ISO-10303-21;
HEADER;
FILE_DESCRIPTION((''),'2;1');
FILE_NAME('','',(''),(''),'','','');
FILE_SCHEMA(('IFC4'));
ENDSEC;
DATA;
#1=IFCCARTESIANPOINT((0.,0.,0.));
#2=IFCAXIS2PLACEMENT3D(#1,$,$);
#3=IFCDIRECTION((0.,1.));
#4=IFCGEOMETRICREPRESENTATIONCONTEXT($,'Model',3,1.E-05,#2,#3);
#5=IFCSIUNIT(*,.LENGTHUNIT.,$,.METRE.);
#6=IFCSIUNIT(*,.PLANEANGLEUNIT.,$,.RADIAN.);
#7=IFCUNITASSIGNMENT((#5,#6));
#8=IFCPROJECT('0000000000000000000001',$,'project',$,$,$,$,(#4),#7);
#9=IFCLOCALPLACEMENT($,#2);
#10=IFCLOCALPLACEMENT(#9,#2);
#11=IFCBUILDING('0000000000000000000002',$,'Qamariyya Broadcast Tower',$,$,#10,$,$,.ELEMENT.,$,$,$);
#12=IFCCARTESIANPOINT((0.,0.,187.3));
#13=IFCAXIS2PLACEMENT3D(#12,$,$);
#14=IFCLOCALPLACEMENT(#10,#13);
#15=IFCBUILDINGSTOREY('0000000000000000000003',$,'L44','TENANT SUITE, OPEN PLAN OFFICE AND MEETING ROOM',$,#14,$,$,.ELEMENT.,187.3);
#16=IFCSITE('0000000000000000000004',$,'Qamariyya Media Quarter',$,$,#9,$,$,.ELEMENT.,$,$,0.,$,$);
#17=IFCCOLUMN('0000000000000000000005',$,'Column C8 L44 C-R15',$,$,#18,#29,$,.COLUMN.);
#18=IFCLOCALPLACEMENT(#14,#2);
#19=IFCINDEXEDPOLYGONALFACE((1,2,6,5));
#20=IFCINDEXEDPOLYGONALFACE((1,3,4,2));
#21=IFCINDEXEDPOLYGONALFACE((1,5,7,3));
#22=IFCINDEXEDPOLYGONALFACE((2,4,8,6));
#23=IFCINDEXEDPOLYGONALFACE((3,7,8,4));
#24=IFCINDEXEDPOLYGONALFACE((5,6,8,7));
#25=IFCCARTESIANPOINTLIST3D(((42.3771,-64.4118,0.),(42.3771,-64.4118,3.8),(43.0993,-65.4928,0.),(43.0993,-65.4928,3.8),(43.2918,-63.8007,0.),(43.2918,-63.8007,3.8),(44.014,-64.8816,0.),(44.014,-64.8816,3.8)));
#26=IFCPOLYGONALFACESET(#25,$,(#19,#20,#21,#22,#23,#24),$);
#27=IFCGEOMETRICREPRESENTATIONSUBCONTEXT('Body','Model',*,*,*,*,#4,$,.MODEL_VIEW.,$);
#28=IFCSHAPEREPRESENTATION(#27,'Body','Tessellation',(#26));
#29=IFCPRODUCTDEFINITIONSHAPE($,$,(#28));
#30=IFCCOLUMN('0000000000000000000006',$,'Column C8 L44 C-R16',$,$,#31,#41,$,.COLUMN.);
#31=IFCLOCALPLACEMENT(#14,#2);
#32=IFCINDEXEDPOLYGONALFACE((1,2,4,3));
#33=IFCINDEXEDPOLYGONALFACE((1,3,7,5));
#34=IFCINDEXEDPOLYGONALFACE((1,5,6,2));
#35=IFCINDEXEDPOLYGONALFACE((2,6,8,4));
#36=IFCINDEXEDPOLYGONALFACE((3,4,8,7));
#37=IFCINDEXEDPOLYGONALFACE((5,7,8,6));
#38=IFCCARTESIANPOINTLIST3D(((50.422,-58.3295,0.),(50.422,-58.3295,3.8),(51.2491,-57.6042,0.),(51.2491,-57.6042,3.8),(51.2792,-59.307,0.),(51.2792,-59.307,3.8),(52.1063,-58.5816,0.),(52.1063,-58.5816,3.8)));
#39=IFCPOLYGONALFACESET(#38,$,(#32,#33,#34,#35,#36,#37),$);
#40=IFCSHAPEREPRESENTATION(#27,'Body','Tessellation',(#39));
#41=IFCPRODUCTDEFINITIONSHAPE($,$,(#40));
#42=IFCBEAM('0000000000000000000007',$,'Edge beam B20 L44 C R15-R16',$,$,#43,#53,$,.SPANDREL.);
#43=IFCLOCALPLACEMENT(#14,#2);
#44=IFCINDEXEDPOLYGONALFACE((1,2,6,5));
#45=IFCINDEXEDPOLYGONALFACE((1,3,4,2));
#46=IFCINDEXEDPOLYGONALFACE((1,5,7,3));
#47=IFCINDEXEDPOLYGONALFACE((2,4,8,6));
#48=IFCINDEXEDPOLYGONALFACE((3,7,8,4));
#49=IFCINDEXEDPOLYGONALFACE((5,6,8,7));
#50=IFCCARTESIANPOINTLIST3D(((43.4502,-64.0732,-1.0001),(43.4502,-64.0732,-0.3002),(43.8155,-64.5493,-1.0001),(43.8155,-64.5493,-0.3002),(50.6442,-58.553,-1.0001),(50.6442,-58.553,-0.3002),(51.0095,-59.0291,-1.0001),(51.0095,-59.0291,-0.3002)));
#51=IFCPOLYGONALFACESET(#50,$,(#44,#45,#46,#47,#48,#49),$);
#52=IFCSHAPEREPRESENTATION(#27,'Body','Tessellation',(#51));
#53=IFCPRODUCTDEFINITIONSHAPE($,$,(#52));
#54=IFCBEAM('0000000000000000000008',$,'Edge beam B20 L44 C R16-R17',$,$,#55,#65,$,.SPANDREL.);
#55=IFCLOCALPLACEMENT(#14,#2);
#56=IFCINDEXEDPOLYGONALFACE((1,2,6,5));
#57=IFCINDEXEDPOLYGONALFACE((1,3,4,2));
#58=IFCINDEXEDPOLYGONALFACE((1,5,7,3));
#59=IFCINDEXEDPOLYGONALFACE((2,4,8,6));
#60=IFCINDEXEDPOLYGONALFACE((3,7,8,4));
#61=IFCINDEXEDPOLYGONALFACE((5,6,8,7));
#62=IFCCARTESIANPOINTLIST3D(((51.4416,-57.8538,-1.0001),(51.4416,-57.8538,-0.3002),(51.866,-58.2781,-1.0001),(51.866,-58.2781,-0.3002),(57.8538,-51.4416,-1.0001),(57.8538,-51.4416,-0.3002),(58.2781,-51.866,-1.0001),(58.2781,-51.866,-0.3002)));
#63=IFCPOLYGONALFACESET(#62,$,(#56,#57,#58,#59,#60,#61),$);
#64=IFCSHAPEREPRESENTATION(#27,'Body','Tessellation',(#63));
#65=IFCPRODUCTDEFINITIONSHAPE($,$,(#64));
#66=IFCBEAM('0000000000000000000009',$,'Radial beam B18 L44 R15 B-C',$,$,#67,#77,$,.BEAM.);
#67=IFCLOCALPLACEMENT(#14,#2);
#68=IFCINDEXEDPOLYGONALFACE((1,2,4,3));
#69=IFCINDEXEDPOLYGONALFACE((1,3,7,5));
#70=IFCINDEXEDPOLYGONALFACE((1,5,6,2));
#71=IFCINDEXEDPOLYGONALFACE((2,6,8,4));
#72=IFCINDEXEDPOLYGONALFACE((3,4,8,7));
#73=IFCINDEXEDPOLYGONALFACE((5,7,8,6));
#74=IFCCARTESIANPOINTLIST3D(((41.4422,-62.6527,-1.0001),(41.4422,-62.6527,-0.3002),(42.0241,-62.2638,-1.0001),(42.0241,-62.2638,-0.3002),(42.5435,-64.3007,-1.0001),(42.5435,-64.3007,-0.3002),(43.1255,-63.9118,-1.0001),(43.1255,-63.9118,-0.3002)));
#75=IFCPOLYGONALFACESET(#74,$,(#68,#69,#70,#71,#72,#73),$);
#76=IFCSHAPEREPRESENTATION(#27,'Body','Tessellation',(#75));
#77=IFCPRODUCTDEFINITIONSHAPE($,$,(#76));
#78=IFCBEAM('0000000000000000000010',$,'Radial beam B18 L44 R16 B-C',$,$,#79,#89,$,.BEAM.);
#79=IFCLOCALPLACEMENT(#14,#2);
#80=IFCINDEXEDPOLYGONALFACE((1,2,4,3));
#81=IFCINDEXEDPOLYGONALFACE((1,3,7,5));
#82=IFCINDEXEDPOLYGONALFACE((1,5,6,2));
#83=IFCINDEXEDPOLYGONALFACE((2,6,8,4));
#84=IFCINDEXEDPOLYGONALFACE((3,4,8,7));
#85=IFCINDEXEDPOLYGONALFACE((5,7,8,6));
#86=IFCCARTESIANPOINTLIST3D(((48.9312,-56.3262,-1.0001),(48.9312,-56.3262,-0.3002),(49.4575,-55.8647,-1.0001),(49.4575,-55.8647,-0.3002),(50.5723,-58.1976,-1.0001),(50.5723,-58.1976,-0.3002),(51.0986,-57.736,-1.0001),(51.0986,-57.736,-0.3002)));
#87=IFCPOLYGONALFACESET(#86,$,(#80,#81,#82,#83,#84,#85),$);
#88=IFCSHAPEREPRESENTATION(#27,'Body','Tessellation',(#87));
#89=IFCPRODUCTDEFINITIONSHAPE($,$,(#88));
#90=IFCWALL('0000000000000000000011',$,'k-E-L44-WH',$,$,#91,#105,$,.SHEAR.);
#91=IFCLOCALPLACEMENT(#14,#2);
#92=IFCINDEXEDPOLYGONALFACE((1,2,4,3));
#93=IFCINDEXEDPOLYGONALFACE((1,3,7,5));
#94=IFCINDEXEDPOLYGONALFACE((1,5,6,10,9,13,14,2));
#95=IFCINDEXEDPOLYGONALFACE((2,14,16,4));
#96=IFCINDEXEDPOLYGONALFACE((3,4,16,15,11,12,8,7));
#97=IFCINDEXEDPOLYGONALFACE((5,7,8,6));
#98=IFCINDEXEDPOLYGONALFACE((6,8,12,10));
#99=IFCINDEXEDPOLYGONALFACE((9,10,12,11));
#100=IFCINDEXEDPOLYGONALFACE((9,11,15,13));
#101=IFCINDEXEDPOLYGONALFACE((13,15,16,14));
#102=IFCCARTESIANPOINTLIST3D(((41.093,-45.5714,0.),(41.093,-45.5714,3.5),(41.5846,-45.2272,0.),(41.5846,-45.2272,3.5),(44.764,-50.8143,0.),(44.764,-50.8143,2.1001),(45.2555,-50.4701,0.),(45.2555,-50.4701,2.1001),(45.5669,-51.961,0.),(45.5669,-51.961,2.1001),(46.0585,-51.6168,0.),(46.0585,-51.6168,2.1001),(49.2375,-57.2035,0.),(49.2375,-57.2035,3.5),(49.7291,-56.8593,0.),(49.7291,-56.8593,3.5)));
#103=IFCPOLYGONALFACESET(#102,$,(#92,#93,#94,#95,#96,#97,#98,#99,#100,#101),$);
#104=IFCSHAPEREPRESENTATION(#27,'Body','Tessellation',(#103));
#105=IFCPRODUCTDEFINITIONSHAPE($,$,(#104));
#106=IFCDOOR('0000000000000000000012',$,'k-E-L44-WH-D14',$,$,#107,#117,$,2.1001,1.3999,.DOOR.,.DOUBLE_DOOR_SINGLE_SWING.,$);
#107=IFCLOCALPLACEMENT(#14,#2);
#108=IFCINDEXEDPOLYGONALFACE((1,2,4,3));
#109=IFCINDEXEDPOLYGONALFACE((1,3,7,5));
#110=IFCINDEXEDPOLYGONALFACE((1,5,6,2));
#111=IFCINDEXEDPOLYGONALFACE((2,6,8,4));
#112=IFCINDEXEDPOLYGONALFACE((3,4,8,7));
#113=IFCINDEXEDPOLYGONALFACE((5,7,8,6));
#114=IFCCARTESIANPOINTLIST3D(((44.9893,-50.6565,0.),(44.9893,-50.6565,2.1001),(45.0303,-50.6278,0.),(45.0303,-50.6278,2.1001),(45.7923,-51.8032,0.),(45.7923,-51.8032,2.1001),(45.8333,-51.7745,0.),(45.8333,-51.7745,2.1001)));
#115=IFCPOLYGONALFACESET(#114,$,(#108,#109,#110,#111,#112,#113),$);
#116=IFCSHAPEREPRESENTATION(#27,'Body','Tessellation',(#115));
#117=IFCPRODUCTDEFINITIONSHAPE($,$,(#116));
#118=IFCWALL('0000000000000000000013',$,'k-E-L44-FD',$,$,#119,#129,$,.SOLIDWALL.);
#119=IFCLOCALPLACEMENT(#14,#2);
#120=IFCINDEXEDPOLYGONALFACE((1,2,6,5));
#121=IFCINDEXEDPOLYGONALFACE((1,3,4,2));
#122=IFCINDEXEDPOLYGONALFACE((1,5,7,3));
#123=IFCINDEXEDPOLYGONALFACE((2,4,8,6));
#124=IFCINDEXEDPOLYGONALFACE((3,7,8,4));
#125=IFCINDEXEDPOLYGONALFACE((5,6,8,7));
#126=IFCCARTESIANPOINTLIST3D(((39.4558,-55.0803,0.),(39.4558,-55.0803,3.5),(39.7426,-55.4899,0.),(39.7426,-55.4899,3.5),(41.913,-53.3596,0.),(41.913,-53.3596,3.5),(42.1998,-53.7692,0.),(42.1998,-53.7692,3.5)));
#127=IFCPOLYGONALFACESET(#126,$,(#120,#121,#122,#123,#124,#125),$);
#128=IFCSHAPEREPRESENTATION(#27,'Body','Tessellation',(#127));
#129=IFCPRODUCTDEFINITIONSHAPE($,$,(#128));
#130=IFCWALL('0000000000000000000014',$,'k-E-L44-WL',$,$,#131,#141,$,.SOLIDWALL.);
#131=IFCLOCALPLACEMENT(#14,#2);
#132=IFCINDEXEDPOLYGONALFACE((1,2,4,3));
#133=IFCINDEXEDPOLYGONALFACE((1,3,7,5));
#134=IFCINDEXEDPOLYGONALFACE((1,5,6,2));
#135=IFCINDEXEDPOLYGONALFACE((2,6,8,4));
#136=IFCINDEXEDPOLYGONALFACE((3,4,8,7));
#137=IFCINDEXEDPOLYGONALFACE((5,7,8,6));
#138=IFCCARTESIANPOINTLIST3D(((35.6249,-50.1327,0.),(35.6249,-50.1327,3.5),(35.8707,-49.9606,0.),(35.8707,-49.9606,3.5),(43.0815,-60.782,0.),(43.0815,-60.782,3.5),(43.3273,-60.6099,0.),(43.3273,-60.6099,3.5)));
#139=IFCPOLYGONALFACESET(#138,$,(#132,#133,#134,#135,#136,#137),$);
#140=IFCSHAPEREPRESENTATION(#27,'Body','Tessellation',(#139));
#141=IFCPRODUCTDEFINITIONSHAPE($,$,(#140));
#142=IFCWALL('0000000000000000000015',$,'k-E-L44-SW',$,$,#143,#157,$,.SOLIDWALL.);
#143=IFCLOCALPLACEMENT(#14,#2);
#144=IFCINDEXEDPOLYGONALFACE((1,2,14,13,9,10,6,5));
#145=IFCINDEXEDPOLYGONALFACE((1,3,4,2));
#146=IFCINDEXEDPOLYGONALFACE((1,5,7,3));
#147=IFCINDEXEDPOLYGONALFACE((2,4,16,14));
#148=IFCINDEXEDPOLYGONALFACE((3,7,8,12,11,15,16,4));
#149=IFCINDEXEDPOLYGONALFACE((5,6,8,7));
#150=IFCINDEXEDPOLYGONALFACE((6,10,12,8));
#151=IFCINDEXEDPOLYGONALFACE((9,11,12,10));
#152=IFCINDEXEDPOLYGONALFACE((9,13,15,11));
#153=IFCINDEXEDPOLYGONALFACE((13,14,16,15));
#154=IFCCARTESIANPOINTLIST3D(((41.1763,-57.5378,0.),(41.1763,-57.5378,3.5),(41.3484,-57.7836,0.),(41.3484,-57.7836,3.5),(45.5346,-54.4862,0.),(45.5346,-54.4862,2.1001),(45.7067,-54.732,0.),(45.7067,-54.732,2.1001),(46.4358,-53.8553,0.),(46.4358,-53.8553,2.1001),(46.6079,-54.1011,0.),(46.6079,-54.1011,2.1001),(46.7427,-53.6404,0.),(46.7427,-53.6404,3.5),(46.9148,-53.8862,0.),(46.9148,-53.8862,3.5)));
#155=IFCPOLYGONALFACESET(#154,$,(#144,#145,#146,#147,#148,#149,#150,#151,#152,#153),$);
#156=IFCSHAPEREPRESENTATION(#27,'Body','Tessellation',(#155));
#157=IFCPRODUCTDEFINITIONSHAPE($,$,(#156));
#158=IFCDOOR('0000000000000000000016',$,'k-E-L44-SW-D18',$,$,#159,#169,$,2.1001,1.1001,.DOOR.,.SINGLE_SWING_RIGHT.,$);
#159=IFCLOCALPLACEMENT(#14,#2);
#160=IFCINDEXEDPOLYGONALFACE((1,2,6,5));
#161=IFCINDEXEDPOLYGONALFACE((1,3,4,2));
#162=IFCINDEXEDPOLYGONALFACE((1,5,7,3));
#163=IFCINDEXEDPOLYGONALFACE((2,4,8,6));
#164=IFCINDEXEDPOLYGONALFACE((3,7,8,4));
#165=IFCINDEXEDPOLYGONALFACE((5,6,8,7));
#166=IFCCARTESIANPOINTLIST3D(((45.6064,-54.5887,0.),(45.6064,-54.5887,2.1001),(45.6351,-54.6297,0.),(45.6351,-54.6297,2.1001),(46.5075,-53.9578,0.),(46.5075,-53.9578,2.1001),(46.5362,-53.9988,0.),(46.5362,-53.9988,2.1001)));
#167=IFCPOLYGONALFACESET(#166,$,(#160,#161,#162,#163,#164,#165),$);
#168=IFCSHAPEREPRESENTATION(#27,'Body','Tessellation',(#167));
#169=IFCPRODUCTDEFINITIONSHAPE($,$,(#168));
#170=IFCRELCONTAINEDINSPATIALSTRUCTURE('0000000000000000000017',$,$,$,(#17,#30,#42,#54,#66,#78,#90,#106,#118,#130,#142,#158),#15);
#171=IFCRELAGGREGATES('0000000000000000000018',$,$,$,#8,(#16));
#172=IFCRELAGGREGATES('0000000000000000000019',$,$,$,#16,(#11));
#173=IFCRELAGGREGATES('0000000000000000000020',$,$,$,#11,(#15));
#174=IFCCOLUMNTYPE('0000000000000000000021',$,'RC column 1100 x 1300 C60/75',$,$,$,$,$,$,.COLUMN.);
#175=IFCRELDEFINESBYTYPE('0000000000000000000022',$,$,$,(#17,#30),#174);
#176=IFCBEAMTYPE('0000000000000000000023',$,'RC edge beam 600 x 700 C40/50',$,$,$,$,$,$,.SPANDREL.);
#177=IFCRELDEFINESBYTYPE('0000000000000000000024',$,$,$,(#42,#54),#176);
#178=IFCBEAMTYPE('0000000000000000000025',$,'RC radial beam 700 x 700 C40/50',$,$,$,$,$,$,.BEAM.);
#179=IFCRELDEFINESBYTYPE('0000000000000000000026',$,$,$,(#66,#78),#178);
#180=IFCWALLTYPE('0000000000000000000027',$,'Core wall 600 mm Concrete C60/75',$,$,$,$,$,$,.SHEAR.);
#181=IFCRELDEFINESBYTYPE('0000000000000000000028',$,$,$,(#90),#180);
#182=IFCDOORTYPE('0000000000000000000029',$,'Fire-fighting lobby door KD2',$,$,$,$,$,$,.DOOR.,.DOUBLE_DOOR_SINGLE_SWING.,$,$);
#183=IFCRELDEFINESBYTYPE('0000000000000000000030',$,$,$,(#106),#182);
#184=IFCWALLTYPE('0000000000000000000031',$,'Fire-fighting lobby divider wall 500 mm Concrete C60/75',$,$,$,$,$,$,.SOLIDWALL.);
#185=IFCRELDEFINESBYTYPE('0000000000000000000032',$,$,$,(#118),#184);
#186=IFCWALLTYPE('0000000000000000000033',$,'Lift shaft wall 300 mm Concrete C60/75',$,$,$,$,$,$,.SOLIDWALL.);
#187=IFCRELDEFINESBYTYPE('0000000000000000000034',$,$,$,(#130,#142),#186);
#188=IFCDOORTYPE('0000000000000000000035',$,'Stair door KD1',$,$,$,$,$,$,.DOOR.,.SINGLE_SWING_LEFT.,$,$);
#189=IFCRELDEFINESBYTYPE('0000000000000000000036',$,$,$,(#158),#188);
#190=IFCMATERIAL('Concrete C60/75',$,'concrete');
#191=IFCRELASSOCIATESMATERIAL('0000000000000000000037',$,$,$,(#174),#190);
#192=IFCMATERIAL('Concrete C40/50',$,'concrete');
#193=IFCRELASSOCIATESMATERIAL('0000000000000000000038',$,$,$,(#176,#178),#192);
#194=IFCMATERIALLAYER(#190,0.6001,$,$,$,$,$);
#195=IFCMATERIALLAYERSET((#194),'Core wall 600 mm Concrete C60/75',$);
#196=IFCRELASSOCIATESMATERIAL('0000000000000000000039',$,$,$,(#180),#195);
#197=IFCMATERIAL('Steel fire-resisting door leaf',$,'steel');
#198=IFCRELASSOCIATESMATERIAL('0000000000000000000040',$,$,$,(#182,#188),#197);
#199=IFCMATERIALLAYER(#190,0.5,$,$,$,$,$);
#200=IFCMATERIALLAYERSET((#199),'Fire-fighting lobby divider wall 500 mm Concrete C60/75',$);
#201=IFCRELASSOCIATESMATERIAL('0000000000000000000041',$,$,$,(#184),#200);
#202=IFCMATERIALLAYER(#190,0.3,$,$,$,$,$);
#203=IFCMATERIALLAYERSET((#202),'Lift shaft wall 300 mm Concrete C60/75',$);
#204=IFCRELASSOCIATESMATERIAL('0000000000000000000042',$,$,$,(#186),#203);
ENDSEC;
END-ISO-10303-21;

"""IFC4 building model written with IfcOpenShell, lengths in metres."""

from ifc_helpers import new_model, si_unit, direction, frame, frame_2d, origin, origin_2d, place, context, subcontext, project, spatial, rectangle, extrude, material, layer, layer_set, material_profile, profile_set, type_object, element, fill, save


model = new_model("IFC4")

# Units and contexts
model_context = context("Model", 3, precision=1e-05, world=origin(), true_north=direction((0.0, 1.0)))
body_context = subcontext(model_context, "Body", "Model", "MODEL_VIEW")
ifc_project = project(units=[si_unit("LENGTHUNIT", "METRE"), si_unit("PLANEANGLEUNIT", "RADIAN")], contexts=[model_context])

# Site, building, storey
site_placement = place(None, origin())
site = spatial("IfcSite", under=ifc_project, at=site_placement, Name="Qamariyya Media Quarter", CompositionType="ELEMENT", RefElevation=0.0)
building_placement = place(site_placement, origin())
building = spatial("IfcBuilding", under=site, at=building_placement, Name="Qamariyya Broadcast Tower", CompositionType="ELEMENT")
storey_placement = place(building_placement, frame((0.0, 0.0, 187.3)))
storey = spatial("IfcBuildingStorey", under=building, at=storey_placement, Name="L44", Description="TENANT SUITE, OPEN PLAN OFFICE AND MEETING ROOM", CompositionType="ELEMENT", Elevation=187.3)

# Columns
ifc_material_1 = material(Name="Concrete C60/75", Category="concrete")
ifc_material_profile_1 = material_profile(ifc_material_1, rectangle(XDim=1.1001, YDim=1.3, at=origin_2d()))
ifc_profile_set_1 = profile_set([ifc_material_profile_1], Name="Concrete C60/75")
column_type = type_object("IfcColumnType", Name="RC column 1100 x 1300 C60/75", PredefinedType="COLUMN", material=ifc_profile_set_1)
for number, where, z_axis, x_axis, name in (
    (1, (43.1956, -64.6467, 0.0), (0.0, 0.0, 1.0), (0.83147, 0.55557, 0.0), "Column C8 L44 C-R15"),
    (2, (51.2642, -58.4556, 0.0), (0.0, 0.0, 1.0), (0.75184, 0.659346, 0.0), "Column C8 L44 C-R16"),
):
    element("IfcColumn", number, at=place(storey_placement, frame(where, z_axis=z_axis, x_axis=x_axis)), inside=storey, type_object=column_type, Name=name, PredefinedType="COLUMN", context=body_context, shape_type="SweptSolid", body=[
        extrude(rectangle(XDim=1.1001, YDim=1.3, at=origin_2d()), origin(), (0.0, 0.0, 1.0), 3.8),
    ])

# Beams
ifc_material_2 = material(Name="Concrete C40/50", Category="concrete")
ifc_material_profile_2 = material_profile(ifc_material_2, rectangle(XDim=0.6001, YDim=0.7, at=origin_2d()))
ifc_profile_set_2 = profile_set([ifc_material_profile_2], Name="Concrete C40/50")
beam_type_1 = type_object("IfcBeamType", Name="RC edge beam 600 x 700 C40/50", PredefinedType="SPANDREL", material=ifc_profile_set_2)
beam_1_placement = place(storey_placement, frame((43.6328, -64.3113, -0.6501), z_axis=(0.793351, 0.608764, 0.0), x_axis=(-0.608764, 0.793351, 0.0)))
element("IfcBeam", 3, at=beam_1_placement, inside=storey, type_object=beam_type_1, Name="Edge beam B20 L44 C R15-R16", PredefinedType="SPANDREL", context=body_context, shape_type="SweptSolid", body=[
    extrude(rectangle(XDim=0.6001, YDim=0.7, at=origin_2d()), origin(), (0.0, 0.0, 1.0), 9.0679),
])
beam_2_placement = place(storey_placement, frame((51.6538, -58.0659, -0.6501), z_axis=(0.707107, 0.707107, 0.0), x_axis=(-0.707107, 0.707107, 0.0)))
element("IfcBeam", 4, at=beam_2_placement, inside=storey, type_object=beam_type_1, Name="Edge beam B20 L44 C R16-R17", PredefinedType="SPANDREL", context=body_context, shape_type="SweptSolid", body=[
    extrude(rectangle(XDim=0.6001, YDim=0.7, at=origin_2d()), origin(), (0.0, 0.0, 1.0), 9.0681),
])
ifc_material_profile_3 = material_profile(ifc_material_2, rectangle(XDim=0.7, YDim=0.7, at=origin_2d()))
ifc_profile_set_3 = profile_set([ifc_material_profile_3], Name="Concrete C40/50")
beam_type_2 = type_object("IfcBeamType", Name="RC radial beam 700 x 700 C40/50", PredefinedType="BEAM", material=ifc_profile_set_3)
beam_3_placement = place(storey_placement, frame((41.7332, -62.4583, -0.6501), z_axis=(0.555638, -0.831424, 0.0), x_axis=(0.831424, 0.555638, 0.0)))
element("IfcBeam", 5, at=beam_3_placement, inside=storey, type_object=beam_type_2, Name="Radial beam B18 L44 R15 B-C", PredefinedType="BEAM", context=body_context, shape_type="SweptSolid", body=[
    extrude(rectangle(XDim=0.7, YDim=0.7, at=origin_2d()), origin(), (0.0, 0.0, 1.0), 1.9822),
])
beam_4_placement = place(storey_placement, frame((49.1943, -56.0955, -0.6501), z_axis=(0.659344, -0.751841, 0.0), x_axis=(0.751841, 0.659344, 0.0)))
element("IfcBeam", 6, at=beam_4_placement, inside=storey, type_object=beam_type_2, Name="Radial beam B18 L44 R16 B-C", PredefinedType="BEAM", context=body_context, shape_type="SweptSolid", body=[
    extrude(rectangle(XDim=0.7, YDim=0.7, at=origin_2d()), origin(), (0.0, 0.0, 1.0), 2.489),
])

# Wall, opening, door
ifc_layer_1 = layer(ifc_material_1, 0.6001)
ifc_layer_set_1 = layer_set([ifc_layer_1], Name="Core wall 600 mm Concrete C60/75")
wall_type_1 = type_object("IfcWallType", Name="Core wall 600 mm Concrete C60/75", PredefinedType="SHEAR", material=ifc_layer_set_1)
wall_1_placement = place(storey_placement, frame((49.4834, -57.0315, 0.0), z_axis=(0.0, 0.0, 1.0), x_axis=(-0.57356, 0.819163, 0.0)))
wall_1 = element("IfcWall", 7, at=wall_1_placement, inside=storey, type_object=wall_type_1, Name="k-E-L44-WH", PredefinedType="SHEAR", context=body_context, shape_type="SweptSolid", body=[
    extrude(rectangle(XDim=14.2, YDim=0.6001, at=frame_2d((7.1001, 0.0))), origin(), (0.0, 0.0, 1.0), 3.5),
])
opening_1_placement = place(wall_1_placement, frame((6.3999, 0.0, 0.0)))
opening_1 = element("IfcOpeningElement", 8, at=opening_1_placement, cuts=wall_1, PredefinedType="OPENING", context=body_context, shape_type="SweptSolid", body=[
    extrude(rectangle(XDim=1.3999, YDim=2.1001, at=frame_2d((0.7, 1.05))), frame((0.0, 0.3101, 0.0), z_axis=(0.0, -1.0, 0.0), x_axis=(1.0, 0.0, 0.0)), (0.0, 0.0, 1.0), 0.6201),
])
ifc_material_3 = material(Name="Steel fire-resisting door leaf", Category="steel")
door_type_1 = type_object("IfcDoorType", Name="Fire-fighting lobby door KD2", OperationType="DOUBLE_DOOR_SINGLE_SWING", PredefinedType="DOOR", material=ifc_material_3)
door_1_placement = place(opening_1_placement, origin())
door_1 = element("IfcDoor", 9, at=door_1_placement, inside=storey, type_object=door_type_1, Name="k-E-L44-WH-D14", OperationType="DOUBLE_DOOR_SINGLE_SWING", OverallHeight=2.1001, OverallWidth=1.3999, PredefinedType="DOOR", context=body_context, shape_type="SweptSolid", body=[
    extrude(rectangle(XDim=1.3999, YDim=2.1001, at=frame_2d((0.7, 1.05))), frame((0.0, 0.0249, 0.0), z_axis=(0.0, -1.0, 0.0), x_axis=(1.0, 0.0, 0.0)), (0.0, 0.0, 1.0), 0.05),
])
fill(opening_1, door_1)

# Walls
ifc_layer_2 = layer(ifc_material_1, 0.5)
ifc_layer_set_2 = layer_set([ifc_layer_2], Name="Fire-fighting lobby divider wall 500 mm Concrete C60/75")
wall_type_2 = type_object("IfcWallType", Name="Fire-fighting lobby divider wall 500 mm Concrete C60/75", PredefinedType="SOLIDWALL", material=ifc_layer_set_2)
wall_2_placement = place(storey_placement, frame((39.5991, -55.2852, 0.0), z_axis=(0.0, 0.0, 1.0), x_axis=(0.819136, 0.573599, 0.0)))
element("IfcWall", 10, at=wall_2_placement, inside=storey, type_object=wall_type_2, Name="k-E-L44-FD", PredefinedType="SOLIDWALL", context=body_context, shape_type="SweptSolid", body=[
    extrude(rectangle(XDim=2.9998, YDim=0.5, at=frame_2d((1.5, 0.0))), origin(), (0.0, 0.0, 1.0), 3.5),
])
ifc_layer_3 = layer(ifc_material_1, 0.3)
ifc_layer_set_3 = layer_set([ifc_layer_3], Name="Lift shaft wall 300 mm Concrete C60/75")
wall_type_3 = type_object("IfcWallType", Name="Lift shaft wall 300 mm Concrete C60/75", PredefinedType="SOLIDWALL", material=ifc_layer_set_3)
wall_3_placement = place(storey_placement, frame((43.2043, -60.6958, 0.0), z_axis=(0.0, 0.0, 1.0), x_axis=(-0.573572, 0.819155, 0.0)))
element("IfcWall", 11, at=wall_3_placement, inside=storey, type_object=wall_type_3, Name="k-E-L44-WL", PredefinedType="SOLIDWALL", context=body_context, shape_type="SweptSolid", body=[
    extrude(rectangle(XDim=13.0002, YDim=0.3, at=frame_2d((6.5, 0.0))), origin(), (0.0, 0.0, 1.0), 3.5),
])

# Wall, opening, door
wall_4_placement = place(storey_placement, frame((41.2625, -57.6606, 0.0), z_axis=(0.0, 0.0, 1.0), x_axis=(0.819164, 0.573559, 0.0)))
wall_4 = element("IfcWall", 12, at=wall_4_placement, inside=storey, type_object=wall_type_3, Name="k-E-L44-SW", PredefinedType="SOLIDWALL", context=body_context, shape_type="SweptSolid", body=[
    extrude(rectangle(XDim=6.7952, YDim=0.3, at=frame_2d((3.3975, 0.0))), origin(), (0.0, 0.0, 1.0), 3.5),
])
opening_2_placement = place(wall_4_placement, frame((5.3203, 0.0, 0.0)))
opening_2 = element("IfcOpeningElement", 13, at=opening_2_placement, cuts=wall_4, PredefinedType="OPENING", context=body_context, shape_type="SweptSolid", body=[
    extrude(rectangle(XDim=1.1001, YDim=2.1001, at=frame_2d((0.55, 1.05))), frame((0.0, 0.1599, 0.0), z_axis=(0.0, -1.0, 0.0), x_axis=(1.0, 0.0, 0.0)), (0.0, 0.0, 1.0), 0.3201),
])
door_type_2 = type_object("IfcDoorType", Name="Stair door KD1", OperationType="SINGLE_SWING_LEFT", PredefinedType="DOOR", material=ifc_material_3)
door_2_placement = place(opening_2_placement, origin())
door_2 = element("IfcDoor", 14, at=door_2_placement, inside=storey, type_object=door_type_2, Name="k-E-L44-SW-D18", OperationType="SINGLE_SWING_RIGHT", OverallHeight=2.1001, OverallWidth=1.1001, PredefinedType="DOOR", context=body_context, shape_type="SweptSolid", body=[
    extrude(rectangle(XDim=1.1001, YDim=2.1001, at=frame_2d((0.55, 1.05))), frame((0.0, 0.0249, 0.0), z_axis=(0.0, -1.0, 0.0), x_axis=(1.0, 0.0, 0.0)), (0.0, 0.0, 1.0), 0.05),
])
fill(opening_2, door_2)

save(model, "model.ifc")
